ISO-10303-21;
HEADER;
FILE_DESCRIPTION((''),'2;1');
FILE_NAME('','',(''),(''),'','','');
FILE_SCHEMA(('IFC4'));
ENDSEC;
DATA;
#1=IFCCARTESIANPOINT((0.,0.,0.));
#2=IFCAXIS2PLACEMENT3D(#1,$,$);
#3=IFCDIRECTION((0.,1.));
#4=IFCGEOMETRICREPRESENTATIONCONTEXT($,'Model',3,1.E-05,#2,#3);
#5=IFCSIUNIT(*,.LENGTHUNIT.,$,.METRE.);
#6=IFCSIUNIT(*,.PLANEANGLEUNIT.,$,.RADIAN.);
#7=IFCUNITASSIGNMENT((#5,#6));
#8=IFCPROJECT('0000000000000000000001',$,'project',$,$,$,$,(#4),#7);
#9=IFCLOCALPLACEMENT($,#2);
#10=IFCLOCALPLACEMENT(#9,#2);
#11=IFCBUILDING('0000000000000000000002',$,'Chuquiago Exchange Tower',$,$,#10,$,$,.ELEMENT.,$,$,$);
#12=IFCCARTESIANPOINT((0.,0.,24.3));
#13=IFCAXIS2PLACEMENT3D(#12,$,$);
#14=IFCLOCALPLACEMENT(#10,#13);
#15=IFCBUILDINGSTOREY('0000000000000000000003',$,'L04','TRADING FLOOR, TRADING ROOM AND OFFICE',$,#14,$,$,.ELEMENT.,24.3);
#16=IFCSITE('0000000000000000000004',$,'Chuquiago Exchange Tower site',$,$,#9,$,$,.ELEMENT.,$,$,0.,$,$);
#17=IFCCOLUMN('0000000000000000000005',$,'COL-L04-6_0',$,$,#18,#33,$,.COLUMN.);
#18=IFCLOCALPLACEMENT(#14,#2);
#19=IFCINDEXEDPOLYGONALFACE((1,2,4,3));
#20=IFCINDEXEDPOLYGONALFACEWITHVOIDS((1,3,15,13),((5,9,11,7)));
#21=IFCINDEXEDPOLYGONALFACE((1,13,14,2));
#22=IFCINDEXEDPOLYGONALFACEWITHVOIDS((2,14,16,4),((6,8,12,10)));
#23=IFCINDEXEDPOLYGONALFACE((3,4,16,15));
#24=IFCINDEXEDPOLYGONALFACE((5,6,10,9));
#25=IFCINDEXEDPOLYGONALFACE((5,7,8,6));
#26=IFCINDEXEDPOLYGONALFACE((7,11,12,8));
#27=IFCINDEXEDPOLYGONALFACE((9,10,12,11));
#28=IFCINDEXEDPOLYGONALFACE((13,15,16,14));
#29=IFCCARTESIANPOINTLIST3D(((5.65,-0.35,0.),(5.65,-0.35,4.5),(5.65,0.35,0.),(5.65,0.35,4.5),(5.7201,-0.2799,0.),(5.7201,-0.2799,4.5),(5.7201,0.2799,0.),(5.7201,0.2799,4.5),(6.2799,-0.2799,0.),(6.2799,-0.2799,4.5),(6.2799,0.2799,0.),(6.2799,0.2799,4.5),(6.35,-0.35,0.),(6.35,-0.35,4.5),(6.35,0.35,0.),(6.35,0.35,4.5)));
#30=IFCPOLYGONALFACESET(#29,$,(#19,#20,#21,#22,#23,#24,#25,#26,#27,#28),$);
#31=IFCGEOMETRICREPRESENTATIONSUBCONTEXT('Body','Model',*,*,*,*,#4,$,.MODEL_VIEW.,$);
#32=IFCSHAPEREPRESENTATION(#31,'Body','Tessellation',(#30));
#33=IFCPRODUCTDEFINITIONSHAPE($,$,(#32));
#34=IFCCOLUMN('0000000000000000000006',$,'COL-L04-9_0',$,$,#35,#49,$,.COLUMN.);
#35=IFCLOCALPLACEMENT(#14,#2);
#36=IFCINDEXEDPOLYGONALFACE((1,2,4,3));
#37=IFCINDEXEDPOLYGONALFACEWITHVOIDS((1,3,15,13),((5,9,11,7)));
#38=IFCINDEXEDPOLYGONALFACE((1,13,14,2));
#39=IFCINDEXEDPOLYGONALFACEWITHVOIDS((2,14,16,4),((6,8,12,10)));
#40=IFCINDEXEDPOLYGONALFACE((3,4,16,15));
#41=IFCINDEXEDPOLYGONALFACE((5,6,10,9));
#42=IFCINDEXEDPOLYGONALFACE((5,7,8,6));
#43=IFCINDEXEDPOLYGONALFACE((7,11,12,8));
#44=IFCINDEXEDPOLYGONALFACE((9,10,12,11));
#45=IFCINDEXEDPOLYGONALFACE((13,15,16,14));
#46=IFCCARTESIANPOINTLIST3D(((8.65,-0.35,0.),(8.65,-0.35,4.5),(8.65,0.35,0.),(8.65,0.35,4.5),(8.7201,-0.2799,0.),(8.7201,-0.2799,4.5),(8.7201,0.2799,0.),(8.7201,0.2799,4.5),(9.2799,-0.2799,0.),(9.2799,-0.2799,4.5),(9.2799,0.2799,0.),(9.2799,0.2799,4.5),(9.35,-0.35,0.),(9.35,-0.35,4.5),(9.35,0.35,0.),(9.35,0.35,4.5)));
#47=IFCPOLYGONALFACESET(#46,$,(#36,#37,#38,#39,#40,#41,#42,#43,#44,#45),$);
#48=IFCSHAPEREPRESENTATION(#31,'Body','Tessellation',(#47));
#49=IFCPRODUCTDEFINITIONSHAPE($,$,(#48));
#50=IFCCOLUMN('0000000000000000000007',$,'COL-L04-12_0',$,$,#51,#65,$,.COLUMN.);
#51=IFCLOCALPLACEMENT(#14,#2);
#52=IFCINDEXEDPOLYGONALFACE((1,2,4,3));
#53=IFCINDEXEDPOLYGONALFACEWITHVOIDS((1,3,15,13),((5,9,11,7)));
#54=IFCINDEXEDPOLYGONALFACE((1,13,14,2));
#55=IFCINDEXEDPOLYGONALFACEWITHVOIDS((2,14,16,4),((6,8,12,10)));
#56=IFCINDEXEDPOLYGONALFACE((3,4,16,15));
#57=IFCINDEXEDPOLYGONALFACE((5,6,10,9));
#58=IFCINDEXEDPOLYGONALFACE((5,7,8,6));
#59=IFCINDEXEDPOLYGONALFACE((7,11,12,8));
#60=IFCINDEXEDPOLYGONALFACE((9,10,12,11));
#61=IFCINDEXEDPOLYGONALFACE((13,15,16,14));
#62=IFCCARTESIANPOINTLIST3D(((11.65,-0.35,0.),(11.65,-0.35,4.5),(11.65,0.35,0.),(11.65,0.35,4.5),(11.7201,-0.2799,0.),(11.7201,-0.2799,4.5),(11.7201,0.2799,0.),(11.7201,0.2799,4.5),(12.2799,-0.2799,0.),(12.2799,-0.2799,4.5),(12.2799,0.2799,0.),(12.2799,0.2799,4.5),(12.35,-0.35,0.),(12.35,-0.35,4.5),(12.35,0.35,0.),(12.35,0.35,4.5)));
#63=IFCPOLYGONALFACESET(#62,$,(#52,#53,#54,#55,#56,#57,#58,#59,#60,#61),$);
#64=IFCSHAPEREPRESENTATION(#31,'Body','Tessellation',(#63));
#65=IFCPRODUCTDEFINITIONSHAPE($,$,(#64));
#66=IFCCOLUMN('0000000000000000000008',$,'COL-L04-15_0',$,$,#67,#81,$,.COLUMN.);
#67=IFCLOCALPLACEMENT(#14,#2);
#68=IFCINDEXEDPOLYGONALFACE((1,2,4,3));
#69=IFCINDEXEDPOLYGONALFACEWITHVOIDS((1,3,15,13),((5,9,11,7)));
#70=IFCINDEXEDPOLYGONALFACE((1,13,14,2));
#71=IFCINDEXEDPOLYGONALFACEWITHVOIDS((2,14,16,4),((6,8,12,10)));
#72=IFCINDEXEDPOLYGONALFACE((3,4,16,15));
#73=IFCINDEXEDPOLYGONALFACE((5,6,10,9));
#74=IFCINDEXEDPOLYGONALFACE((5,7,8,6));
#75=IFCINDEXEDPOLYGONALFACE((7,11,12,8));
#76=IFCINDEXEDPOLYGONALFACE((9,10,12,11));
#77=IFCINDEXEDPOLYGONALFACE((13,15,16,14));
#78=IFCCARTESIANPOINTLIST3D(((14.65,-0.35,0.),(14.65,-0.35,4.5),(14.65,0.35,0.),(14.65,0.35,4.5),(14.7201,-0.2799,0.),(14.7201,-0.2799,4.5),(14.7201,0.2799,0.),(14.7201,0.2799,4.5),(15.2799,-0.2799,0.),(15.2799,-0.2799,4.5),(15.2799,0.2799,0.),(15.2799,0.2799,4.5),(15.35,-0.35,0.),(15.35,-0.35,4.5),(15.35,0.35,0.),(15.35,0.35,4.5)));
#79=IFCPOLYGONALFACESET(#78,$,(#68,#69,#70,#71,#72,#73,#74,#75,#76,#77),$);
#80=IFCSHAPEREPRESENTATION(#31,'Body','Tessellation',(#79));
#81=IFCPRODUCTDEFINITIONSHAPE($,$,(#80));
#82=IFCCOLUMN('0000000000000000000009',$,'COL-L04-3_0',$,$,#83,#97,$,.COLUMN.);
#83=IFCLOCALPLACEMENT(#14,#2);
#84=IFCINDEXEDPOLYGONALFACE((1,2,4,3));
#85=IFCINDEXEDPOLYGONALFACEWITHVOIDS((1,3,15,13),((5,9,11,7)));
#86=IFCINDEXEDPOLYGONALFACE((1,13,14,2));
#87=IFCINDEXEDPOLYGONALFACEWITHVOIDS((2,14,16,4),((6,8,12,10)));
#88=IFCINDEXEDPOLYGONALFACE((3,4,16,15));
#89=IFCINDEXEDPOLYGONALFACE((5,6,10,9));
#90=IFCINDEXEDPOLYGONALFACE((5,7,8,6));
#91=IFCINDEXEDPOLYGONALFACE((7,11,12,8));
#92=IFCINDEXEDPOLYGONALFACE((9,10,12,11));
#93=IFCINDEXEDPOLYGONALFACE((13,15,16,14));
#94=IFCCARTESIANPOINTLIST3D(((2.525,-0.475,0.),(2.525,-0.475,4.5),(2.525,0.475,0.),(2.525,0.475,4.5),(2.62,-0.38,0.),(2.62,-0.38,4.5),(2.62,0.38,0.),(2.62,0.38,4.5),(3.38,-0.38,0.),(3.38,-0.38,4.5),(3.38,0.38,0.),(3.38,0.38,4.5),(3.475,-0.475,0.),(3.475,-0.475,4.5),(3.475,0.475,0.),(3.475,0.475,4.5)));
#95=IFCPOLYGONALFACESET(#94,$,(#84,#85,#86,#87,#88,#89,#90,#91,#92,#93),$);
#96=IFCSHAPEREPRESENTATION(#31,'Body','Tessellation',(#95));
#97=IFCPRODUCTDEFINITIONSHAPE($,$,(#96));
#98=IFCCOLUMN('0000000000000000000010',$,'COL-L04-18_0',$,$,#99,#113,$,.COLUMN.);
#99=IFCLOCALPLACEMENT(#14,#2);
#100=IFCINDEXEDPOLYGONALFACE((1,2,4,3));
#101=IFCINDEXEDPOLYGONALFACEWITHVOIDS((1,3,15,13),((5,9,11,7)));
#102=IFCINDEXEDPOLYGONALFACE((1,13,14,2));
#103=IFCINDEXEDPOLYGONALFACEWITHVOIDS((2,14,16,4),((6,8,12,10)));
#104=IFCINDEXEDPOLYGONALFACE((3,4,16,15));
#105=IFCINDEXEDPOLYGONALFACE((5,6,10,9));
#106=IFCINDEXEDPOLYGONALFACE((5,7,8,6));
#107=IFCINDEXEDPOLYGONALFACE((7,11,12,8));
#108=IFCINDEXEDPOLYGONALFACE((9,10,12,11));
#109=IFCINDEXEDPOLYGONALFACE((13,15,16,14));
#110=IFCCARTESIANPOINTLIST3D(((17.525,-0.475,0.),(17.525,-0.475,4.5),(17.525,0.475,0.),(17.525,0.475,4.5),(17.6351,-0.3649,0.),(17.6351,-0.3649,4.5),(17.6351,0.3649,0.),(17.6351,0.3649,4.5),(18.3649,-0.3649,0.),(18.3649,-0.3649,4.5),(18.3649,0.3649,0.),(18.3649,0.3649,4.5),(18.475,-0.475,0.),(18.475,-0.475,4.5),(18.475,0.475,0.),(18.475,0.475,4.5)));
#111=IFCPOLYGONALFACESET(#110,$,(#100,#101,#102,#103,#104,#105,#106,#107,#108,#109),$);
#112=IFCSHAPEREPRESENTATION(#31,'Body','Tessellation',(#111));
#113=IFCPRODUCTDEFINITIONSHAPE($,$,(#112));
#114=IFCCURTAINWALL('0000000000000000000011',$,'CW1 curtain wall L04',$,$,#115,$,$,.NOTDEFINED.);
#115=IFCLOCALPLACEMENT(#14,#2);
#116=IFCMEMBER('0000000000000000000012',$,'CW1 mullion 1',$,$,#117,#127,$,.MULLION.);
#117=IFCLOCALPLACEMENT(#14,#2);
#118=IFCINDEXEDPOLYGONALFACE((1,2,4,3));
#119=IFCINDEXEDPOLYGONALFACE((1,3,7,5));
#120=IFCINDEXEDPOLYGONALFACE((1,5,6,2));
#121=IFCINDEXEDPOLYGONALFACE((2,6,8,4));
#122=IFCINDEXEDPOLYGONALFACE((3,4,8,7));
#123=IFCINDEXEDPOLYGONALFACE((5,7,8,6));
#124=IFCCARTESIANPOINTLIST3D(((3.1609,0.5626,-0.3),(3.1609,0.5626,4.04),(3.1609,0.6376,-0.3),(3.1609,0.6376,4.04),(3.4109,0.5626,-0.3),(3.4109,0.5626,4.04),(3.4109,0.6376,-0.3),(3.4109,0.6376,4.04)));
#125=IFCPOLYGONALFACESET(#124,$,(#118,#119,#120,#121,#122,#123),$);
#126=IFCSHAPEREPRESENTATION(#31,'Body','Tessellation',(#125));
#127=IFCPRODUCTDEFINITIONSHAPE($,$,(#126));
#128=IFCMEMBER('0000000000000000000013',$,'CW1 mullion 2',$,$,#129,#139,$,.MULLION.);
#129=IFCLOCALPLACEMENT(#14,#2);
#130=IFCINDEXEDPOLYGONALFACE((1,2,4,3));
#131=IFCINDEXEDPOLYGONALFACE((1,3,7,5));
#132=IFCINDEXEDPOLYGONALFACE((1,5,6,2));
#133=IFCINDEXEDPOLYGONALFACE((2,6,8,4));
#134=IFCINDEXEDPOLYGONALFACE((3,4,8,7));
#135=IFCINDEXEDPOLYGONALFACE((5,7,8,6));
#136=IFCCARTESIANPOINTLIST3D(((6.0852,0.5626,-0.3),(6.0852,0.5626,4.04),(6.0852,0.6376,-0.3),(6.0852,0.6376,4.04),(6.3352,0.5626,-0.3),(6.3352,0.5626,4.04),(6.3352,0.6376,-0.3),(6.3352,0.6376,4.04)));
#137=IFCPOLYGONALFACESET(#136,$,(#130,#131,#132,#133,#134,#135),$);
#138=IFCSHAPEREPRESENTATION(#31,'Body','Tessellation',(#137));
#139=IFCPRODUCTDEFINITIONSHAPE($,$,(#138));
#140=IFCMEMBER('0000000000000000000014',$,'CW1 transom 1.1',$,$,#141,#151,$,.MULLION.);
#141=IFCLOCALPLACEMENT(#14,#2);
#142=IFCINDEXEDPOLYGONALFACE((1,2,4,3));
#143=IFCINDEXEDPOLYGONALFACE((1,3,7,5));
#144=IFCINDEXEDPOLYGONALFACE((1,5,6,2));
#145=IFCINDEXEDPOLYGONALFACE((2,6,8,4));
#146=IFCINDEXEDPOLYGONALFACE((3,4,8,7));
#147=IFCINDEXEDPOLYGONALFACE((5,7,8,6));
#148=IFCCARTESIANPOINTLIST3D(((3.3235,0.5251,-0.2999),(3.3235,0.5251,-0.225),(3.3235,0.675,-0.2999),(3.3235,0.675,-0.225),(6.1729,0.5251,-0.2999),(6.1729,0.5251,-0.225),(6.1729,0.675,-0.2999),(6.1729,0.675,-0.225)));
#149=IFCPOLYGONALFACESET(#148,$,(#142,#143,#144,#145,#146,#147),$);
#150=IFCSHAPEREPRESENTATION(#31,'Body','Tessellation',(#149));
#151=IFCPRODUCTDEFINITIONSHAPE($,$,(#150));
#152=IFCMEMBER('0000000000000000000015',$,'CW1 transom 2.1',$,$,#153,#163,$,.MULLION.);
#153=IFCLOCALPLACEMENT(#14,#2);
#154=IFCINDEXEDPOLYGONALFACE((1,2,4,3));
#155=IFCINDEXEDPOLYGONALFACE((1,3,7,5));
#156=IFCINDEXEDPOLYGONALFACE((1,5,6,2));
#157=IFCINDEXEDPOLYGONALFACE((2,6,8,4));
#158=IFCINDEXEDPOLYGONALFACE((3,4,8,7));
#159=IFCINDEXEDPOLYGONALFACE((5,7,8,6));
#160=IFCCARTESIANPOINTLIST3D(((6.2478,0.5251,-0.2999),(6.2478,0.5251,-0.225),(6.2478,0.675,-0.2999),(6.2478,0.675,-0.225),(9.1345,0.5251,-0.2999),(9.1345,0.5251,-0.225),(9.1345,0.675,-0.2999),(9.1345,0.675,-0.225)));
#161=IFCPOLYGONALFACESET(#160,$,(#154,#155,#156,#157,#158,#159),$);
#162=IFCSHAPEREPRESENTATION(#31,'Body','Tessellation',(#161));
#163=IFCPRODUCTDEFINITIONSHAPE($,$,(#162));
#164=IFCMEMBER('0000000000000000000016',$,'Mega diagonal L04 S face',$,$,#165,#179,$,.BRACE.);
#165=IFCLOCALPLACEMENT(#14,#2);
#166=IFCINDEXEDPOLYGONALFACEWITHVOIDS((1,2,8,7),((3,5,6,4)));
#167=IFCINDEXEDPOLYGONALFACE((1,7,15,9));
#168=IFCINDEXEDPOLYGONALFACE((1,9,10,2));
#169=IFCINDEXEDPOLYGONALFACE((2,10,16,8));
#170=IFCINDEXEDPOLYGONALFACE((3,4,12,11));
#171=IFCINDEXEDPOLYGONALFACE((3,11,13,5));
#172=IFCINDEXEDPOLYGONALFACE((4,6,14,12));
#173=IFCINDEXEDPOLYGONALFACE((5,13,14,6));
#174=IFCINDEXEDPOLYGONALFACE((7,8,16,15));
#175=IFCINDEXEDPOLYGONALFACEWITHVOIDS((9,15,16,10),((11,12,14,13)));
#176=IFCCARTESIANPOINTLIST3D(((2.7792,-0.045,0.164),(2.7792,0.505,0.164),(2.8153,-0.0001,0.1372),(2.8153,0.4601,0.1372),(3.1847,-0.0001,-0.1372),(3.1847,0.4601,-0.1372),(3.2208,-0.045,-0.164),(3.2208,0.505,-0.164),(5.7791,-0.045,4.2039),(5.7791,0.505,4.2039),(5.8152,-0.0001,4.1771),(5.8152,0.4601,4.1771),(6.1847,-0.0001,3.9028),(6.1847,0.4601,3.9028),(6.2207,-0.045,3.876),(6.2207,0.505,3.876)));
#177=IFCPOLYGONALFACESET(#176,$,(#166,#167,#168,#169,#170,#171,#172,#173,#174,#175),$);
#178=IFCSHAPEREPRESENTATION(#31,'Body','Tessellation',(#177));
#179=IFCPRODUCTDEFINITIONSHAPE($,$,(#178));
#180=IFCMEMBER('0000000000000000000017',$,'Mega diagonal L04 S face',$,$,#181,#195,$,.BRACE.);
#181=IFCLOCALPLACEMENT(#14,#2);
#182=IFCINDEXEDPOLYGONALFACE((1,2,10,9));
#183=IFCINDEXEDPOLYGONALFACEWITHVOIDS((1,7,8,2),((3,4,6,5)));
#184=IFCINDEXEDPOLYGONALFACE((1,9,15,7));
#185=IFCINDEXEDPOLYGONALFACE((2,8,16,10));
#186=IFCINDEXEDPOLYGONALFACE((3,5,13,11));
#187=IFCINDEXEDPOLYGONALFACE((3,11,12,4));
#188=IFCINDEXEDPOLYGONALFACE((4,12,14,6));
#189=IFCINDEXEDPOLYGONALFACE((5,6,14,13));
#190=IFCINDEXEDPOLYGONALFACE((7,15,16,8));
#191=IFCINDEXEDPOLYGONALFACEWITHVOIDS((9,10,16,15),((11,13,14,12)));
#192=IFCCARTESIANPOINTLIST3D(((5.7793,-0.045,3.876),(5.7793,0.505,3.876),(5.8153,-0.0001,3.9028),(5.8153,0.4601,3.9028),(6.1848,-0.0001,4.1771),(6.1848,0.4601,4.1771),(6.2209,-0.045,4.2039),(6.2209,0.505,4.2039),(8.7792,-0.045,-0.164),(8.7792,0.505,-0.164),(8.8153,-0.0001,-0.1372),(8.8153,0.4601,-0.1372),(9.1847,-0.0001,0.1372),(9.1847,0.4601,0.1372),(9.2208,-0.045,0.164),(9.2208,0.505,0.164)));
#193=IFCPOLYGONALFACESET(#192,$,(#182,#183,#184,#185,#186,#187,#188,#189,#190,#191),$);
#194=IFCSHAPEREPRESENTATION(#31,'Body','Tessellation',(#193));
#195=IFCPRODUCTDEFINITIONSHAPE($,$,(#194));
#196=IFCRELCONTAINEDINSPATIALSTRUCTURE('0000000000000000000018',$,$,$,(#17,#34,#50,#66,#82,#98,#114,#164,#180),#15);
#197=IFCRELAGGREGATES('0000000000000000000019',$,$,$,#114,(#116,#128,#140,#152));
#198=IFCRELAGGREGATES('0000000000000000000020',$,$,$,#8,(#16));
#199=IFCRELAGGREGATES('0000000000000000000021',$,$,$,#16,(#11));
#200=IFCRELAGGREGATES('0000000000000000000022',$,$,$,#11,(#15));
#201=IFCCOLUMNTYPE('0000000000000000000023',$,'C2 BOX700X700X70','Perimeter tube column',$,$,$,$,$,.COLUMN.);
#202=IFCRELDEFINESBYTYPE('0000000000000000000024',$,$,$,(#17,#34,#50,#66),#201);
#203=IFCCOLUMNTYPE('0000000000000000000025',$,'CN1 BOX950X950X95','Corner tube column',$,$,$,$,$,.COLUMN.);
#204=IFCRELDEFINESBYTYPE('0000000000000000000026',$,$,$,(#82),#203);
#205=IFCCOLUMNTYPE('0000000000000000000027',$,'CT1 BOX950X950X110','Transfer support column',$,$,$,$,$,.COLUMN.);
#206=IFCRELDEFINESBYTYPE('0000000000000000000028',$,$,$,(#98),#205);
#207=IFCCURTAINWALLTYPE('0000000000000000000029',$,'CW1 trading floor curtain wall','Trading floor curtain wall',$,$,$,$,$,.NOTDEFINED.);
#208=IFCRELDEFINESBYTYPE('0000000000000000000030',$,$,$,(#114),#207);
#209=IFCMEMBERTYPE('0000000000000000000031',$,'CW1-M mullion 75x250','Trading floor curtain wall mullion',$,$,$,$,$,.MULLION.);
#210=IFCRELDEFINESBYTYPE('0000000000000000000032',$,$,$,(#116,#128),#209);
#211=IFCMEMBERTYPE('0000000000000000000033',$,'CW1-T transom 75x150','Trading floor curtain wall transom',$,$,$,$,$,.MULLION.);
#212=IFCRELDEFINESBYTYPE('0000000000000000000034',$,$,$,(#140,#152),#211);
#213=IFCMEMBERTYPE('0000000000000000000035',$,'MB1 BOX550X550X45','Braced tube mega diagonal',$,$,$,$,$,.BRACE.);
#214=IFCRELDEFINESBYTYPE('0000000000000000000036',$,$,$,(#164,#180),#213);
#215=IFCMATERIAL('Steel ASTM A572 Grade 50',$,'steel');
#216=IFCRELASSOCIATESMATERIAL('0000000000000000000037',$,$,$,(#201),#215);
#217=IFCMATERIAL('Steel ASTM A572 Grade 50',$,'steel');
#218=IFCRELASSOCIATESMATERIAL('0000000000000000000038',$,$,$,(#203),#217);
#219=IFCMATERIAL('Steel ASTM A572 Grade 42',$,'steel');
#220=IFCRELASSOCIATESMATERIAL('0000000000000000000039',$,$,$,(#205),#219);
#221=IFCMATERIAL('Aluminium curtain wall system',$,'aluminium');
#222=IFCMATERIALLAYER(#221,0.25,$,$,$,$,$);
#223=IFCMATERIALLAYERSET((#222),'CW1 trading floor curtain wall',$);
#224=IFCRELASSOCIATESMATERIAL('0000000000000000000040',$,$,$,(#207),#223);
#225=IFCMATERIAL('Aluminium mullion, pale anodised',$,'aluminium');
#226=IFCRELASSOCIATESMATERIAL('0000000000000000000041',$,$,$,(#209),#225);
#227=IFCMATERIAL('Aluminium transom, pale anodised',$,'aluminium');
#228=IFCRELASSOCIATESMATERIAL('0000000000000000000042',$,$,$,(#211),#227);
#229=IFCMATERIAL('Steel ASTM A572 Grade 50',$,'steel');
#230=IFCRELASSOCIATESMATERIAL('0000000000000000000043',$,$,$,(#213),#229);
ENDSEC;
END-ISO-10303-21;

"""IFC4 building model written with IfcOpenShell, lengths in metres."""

from ifc_helpers import new_model, si_unit, direction, frame, origin, origin_2d, place, context, subcontext, project, spatial, rectangle, hollow_rectangle, extrude, material, layer, layer_set, material_profile, profile_set, type_object, element, aggregate, save


model = new_model("IFC4")

# Units and contexts
model_context = context("Model", 3, precision=1e-05, world=origin(), true_north=direction((0.0, 1.0)))
body_context = subcontext(model_context, "Body", "Model", "MODEL_VIEW")
ifc_project = project(units=[si_unit("LENGTHUNIT", "METRE"), si_unit("PLANEANGLEUNIT", "RADIAN")], contexts=[model_context])

# Site, building, storey
site_placement = place(None, origin())
site = spatial("IfcSite", under=ifc_project, at=site_placement, Name="Chuquiago Exchange Tower site", CompositionType="ELEMENT", RefElevation=0.0)
building_placement = place(site_placement, origin())
building = spatial("IfcBuilding", under=site, at=building_placement, Name="Chuquiago Exchange Tower", CompositionType="ELEMENT")
storey_placement = place(building_placement, frame((0.0, 0.0, 24.3)))
storey = spatial("IfcBuildingStorey", under=building, at=storey_placement, Name="L04", Description="TRADING FLOOR, TRADING ROOM AND OFFICE", CompositionType="ELEMENT", Elevation=24.3)

# Columns
ifc_material_1 = material(Name="Steel ASTM A572 Grade 50", Category="steel")
ifc_material_profile_1 = material_profile(ifc_material_1, hollow_rectangle(XDim=0.7, YDim=0.7, WallThickness=0.0701, at=origin_2d()), Name="BOX700X700X70")
ifc_profile_set_1 = profile_set([ifc_material_profile_1], Name="Steel ASTM A572 Grade 50")
column_type_1 = type_object("IfcColumnType", Name="C2 BOX700X700X70", Description="Perimeter tube column", PredefinedType="COLUMN", material=ifc_profile_set_1)
for number, where, z_axis, x_axis, name in (
    (1, (6.0, 0.0, 0.0), (0.0, 0.0, 1.0), (0.0, -1.0, 0.0), "COL-L04-6_0"),
    (2, (9.0, 0.0, 0.0), (0.0, 0.0, 1.0), (0.0, -1.0, 0.0), "COL-L04-9_0"),
    (3, (12.0, 0.0, 0.0), (0.0, 0.0, 1.0), (0.0, -1.0, 0.0), "COL-L04-12_0"),
    (4, (15.0, 0.0, 0.0), (0.0, 0.0, 1.0), (0.0, -1.0, 0.0), "COL-L04-15_0"),
):
    element("IfcColumn", number, at=place(storey_placement, frame(where, z_axis=z_axis, x_axis=x_axis)), inside=storey, type_object=column_type_1, Name=name, PredefinedType="COLUMN", context=body_context, shape_type="SweptSolid", body=[
        extrude(hollow_rectangle(XDim=0.7, YDim=0.7, WallThickness=0.0701, at=origin_2d()), origin(), (0.0, 0.0, 1.0), 4.5),
    ])
ifc_material_2 = material(Name="Steel ASTM A572 Grade 50", Category="steel")
ifc_material_profile_2 = material_profile(ifc_material_2, hollow_rectangle(XDim=0.95, YDim=0.95, WallThickness=0.095, at=origin_2d()), Name="BOX950X950X95")
ifc_profile_set_2 = profile_set([ifc_material_profile_2], Name="Steel ASTM A572 Grade 50")
column_type_2 = type_object("IfcColumnType", Name="CN1 BOX950X950X95", Description="Corner tube column", PredefinedType="COLUMN", material=ifc_profile_set_2)
column_1_placement = place(storey_placement, frame((3.0, 0.0, 0.0), z_axis=(0.0, 0.0, 1.0), x_axis=(0.0, -1.0, 0.0)))
element("IfcColumn", 5, at=column_1_placement, inside=storey, type_object=column_type_2, Name="COL-L04-3_0", PredefinedType="COLUMN", context=body_context, shape_type="SweptSolid", body=[
    extrude(hollow_rectangle(XDim=0.95, YDim=0.95, WallThickness=0.095, at=origin_2d()), origin(), (0.0, 0.0, 1.0), 4.5),
])
ifc_material_3 = material(Name="Steel ASTM A572 Grade 42", Category="steel")
ifc_material_profile_3 = material_profile(ifc_material_3, hollow_rectangle(XDim=0.95, YDim=0.95, WallThickness=0.1101, at=origin_2d()), Name="BOX950X950X110")
ifc_profile_set_3 = profile_set([ifc_material_profile_3], Name="Steel ASTM A572 Grade 42")
column_type_3 = type_object("IfcColumnType", Name="CT1 BOX950X950X110", Description="Transfer support column", PredefinedType="COLUMN", material=ifc_profile_set_3)
column_2_placement = place(storey_placement, frame((18.0, 0.0, 0.0), z_axis=(0.0, 0.0, 1.0), x_axis=(0.0, -1.0, 0.0)))
element("IfcColumn", 6, at=column_2_placement, inside=storey, type_object=column_type_3, Name="COL-L04-18_0", PredefinedType="COLUMN", context=body_context, shape_type="SweptSolid", body=[
    extrude(hollow_rectangle(XDim=0.95, YDim=0.95, WallThickness=0.1101, at=origin_2d()), origin(), (0.0, 0.0, 1.0), 4.5),
])

# Curtain wall, members
ifc_material_4 = material(Name="Aluminium curtain wall system", Category="aluminium")
ifc_layer_1 = layer(ifc_material_4, 0.25)
ifc_layer_set_1 = layer_set([ifc_layer_1], Name="CW1 trading floor curtain wall")
curtain_wall_type = type_object("IfcCurtainWallType", Name="CW1 trading floor curtain wall", Description="Trading floor curtain wall", PredefinedType="NOTDEFINED", material=ifc_layer_set_1)
curtain_wall_placement = place(storey_placement, origin())
curtain_wall = element("IfcCurtainWall", 7, at=curtain_wall_placement, inside=storey, type_object=curtain_wall_type, Name="CW1 curtain wall L04", PredefinedType="NOTDEFINED")
ifc_material_5 = material(Name="Aluminium mullion, pale anodised", Category="aluminium")
ifc_material_profile_4 = material_profile(ifc_material_5, rectangle(XDim=0.075, YDim=0.25, at=origin_2d()), Name="AL 75x250")
ifc_profile_set_4 = profile_set([ifc_material_profile_4], Name="Aluminium mullion, pale anodised")
member_type_1 = type_object("IfcMemberType", Name="CW1-M mullion 75x250", Description="Trading floor curtain wall mullion", PredefinedType="MULLION", material=ifc_profile_set_4)
member_1_placement = place(storey_placement, frame((3.2859, 0.6001, -0.3), z_axis=(0.0, 0.0, 1.0), x_axis=(0.0, 1.0, 0.0)))
member_1 = element("IfcMember", 8, at=member_1_placement, type_object=member_type_1, Name="CW1 mullion 1", PredefinedType="MULLION", context=body_context, shape_type="SweptSolid", body=[
    extrude(rectangle(XDim=0.075, YDim=0.25, at=origin_2d()), origin(), (0.0, 0.0, 1.0), 4.3401),
])
member_2_placement = place(storey_placement, frame((6.2102, 0.6001, -0.3), z_axis=(0.0, 0.0, 1.0), x_axis=(0.0, 1.0, 0.0)))
member_2 = element("IfcMember", 9, at=member_2_placement, type_object=member_type_1, Name="CW1 mullion 2", PredefinedType="MULLION", context=body_context, shape_type="SweptSolid", body=[
    extrude(rectangle(XDim=0.075, YDim=0.25, at=origin_2d()), origin(), (0.0, 0.0, 1.0), 4.3401),
])
ifc_material_6 = material(Name="Aluminium transom, pale anodised", Category="aluminium")
ifc_material_profile_5 = material_profile(ifc_material_6, rectangle(XDim=0.1499, YDim=0.075, at=origin_2d()), Name="AL 150x75")
ifc_profile_set_5 = profile_set([ifc_material_profile_5], Name="Aluminium transom, pale anodised")
member_type_2 = type_object("IfcMemberType", Name="CW1-T transom 75x150", Description="Trading floor curtain wall transom", PredefinedType="MULLION", material=ifc_profile_set_5)
member_3_placement = place(storey_placement, frame((3.3235, 0.6001, -0.2625), z_axis=(1.0, 0.0, 0.0), x_axis=(0.0, 1.0, 0.0)))
member_3 = element("IfcMember", 10, at=member_3_placement, type_object=member_type_2, Name="CW1 transom 1.1", PredefinedType="MULLION", context=body_context, shape_type="SweptSolid", body=[
    extrude(rectangle(XDim=0.1499, YDim=0.075, at=origin_2d()), origin(), (0.0, 0.0, 1.0), 2.8494),
])
member_4_placement = place(storey_placement, frame((6.2478, 0.6001, -0.2625), z_axis=(1.0, 0.0, 0.0), x_axis=(0.0, 1.0, 0.0)))
member_4 = element("IfcMember", 11, at=member_4_placement, type_object=member_type_2, Name="CW1 transom 2.1", PredefinedType="MULLION", context=body_context, shape_type="SweptSolid", body=[
    extrude(rectangle(XDim=0.1499, YDim=0.075, at=origin_2d()), origin(), (0.0, 0.0, 1.0), 2.8867),
])

# Members
ifc_material_7 = material(Name="Steel ASTM A572 Grade 50", Category="steel")
ifc_material_profile_6 = material_profile(ifc_material_7, hollow_rectangle(XDim=0.55, YDim=0.55, WallThickness=0.0449, at=origin_2d()), Name="BOX550X550X45")
ifc_profile_set_6 = profile_set([ifc_material_profile_6], Name="Steel ASTM A572 Grade 50")
member_type_3 = type_object("IfcMemberType", Name="MB1 BOX550X550X45", Description="Braced tube mega diagonal", PredefinedType="BRACE", material=ifc_profile_set_6)
for number, where, z_axis, x_axis, name in (
    (12, (3.0, 0.23, 0.0), (0.596174, 0.0, 0.802855), (0.0, 1.0, 0.0), "Mega diagonal L04 S face"),
    (13, (9.0, 0.23, 0.0), (-0.596174, 0.0, 0.802855), (0.0, -1.0, 0.0), "Mega diagonal L04 S face"),
):
    element("IfcMember", number, at=place(storey_placement, frame(where, z_axis=z_axis, x_axis=x_axis)), inside=storey, type_object=member_type_3, Name=name, PredefinedType="BRACE", context=body_context, shape_type="SweptSolid", body=[
        extrude(hollow_rectangle(XDim=0.55, YDim=0.55, WallThickness=0.0449, at=origin_2d()), origin(), (0.0, 0.0, 1.0), 5.032),
    ])

aggregate(curtain_wall, [member_1, member_2, member_3, member_4])

save(model, "model.ifc")
